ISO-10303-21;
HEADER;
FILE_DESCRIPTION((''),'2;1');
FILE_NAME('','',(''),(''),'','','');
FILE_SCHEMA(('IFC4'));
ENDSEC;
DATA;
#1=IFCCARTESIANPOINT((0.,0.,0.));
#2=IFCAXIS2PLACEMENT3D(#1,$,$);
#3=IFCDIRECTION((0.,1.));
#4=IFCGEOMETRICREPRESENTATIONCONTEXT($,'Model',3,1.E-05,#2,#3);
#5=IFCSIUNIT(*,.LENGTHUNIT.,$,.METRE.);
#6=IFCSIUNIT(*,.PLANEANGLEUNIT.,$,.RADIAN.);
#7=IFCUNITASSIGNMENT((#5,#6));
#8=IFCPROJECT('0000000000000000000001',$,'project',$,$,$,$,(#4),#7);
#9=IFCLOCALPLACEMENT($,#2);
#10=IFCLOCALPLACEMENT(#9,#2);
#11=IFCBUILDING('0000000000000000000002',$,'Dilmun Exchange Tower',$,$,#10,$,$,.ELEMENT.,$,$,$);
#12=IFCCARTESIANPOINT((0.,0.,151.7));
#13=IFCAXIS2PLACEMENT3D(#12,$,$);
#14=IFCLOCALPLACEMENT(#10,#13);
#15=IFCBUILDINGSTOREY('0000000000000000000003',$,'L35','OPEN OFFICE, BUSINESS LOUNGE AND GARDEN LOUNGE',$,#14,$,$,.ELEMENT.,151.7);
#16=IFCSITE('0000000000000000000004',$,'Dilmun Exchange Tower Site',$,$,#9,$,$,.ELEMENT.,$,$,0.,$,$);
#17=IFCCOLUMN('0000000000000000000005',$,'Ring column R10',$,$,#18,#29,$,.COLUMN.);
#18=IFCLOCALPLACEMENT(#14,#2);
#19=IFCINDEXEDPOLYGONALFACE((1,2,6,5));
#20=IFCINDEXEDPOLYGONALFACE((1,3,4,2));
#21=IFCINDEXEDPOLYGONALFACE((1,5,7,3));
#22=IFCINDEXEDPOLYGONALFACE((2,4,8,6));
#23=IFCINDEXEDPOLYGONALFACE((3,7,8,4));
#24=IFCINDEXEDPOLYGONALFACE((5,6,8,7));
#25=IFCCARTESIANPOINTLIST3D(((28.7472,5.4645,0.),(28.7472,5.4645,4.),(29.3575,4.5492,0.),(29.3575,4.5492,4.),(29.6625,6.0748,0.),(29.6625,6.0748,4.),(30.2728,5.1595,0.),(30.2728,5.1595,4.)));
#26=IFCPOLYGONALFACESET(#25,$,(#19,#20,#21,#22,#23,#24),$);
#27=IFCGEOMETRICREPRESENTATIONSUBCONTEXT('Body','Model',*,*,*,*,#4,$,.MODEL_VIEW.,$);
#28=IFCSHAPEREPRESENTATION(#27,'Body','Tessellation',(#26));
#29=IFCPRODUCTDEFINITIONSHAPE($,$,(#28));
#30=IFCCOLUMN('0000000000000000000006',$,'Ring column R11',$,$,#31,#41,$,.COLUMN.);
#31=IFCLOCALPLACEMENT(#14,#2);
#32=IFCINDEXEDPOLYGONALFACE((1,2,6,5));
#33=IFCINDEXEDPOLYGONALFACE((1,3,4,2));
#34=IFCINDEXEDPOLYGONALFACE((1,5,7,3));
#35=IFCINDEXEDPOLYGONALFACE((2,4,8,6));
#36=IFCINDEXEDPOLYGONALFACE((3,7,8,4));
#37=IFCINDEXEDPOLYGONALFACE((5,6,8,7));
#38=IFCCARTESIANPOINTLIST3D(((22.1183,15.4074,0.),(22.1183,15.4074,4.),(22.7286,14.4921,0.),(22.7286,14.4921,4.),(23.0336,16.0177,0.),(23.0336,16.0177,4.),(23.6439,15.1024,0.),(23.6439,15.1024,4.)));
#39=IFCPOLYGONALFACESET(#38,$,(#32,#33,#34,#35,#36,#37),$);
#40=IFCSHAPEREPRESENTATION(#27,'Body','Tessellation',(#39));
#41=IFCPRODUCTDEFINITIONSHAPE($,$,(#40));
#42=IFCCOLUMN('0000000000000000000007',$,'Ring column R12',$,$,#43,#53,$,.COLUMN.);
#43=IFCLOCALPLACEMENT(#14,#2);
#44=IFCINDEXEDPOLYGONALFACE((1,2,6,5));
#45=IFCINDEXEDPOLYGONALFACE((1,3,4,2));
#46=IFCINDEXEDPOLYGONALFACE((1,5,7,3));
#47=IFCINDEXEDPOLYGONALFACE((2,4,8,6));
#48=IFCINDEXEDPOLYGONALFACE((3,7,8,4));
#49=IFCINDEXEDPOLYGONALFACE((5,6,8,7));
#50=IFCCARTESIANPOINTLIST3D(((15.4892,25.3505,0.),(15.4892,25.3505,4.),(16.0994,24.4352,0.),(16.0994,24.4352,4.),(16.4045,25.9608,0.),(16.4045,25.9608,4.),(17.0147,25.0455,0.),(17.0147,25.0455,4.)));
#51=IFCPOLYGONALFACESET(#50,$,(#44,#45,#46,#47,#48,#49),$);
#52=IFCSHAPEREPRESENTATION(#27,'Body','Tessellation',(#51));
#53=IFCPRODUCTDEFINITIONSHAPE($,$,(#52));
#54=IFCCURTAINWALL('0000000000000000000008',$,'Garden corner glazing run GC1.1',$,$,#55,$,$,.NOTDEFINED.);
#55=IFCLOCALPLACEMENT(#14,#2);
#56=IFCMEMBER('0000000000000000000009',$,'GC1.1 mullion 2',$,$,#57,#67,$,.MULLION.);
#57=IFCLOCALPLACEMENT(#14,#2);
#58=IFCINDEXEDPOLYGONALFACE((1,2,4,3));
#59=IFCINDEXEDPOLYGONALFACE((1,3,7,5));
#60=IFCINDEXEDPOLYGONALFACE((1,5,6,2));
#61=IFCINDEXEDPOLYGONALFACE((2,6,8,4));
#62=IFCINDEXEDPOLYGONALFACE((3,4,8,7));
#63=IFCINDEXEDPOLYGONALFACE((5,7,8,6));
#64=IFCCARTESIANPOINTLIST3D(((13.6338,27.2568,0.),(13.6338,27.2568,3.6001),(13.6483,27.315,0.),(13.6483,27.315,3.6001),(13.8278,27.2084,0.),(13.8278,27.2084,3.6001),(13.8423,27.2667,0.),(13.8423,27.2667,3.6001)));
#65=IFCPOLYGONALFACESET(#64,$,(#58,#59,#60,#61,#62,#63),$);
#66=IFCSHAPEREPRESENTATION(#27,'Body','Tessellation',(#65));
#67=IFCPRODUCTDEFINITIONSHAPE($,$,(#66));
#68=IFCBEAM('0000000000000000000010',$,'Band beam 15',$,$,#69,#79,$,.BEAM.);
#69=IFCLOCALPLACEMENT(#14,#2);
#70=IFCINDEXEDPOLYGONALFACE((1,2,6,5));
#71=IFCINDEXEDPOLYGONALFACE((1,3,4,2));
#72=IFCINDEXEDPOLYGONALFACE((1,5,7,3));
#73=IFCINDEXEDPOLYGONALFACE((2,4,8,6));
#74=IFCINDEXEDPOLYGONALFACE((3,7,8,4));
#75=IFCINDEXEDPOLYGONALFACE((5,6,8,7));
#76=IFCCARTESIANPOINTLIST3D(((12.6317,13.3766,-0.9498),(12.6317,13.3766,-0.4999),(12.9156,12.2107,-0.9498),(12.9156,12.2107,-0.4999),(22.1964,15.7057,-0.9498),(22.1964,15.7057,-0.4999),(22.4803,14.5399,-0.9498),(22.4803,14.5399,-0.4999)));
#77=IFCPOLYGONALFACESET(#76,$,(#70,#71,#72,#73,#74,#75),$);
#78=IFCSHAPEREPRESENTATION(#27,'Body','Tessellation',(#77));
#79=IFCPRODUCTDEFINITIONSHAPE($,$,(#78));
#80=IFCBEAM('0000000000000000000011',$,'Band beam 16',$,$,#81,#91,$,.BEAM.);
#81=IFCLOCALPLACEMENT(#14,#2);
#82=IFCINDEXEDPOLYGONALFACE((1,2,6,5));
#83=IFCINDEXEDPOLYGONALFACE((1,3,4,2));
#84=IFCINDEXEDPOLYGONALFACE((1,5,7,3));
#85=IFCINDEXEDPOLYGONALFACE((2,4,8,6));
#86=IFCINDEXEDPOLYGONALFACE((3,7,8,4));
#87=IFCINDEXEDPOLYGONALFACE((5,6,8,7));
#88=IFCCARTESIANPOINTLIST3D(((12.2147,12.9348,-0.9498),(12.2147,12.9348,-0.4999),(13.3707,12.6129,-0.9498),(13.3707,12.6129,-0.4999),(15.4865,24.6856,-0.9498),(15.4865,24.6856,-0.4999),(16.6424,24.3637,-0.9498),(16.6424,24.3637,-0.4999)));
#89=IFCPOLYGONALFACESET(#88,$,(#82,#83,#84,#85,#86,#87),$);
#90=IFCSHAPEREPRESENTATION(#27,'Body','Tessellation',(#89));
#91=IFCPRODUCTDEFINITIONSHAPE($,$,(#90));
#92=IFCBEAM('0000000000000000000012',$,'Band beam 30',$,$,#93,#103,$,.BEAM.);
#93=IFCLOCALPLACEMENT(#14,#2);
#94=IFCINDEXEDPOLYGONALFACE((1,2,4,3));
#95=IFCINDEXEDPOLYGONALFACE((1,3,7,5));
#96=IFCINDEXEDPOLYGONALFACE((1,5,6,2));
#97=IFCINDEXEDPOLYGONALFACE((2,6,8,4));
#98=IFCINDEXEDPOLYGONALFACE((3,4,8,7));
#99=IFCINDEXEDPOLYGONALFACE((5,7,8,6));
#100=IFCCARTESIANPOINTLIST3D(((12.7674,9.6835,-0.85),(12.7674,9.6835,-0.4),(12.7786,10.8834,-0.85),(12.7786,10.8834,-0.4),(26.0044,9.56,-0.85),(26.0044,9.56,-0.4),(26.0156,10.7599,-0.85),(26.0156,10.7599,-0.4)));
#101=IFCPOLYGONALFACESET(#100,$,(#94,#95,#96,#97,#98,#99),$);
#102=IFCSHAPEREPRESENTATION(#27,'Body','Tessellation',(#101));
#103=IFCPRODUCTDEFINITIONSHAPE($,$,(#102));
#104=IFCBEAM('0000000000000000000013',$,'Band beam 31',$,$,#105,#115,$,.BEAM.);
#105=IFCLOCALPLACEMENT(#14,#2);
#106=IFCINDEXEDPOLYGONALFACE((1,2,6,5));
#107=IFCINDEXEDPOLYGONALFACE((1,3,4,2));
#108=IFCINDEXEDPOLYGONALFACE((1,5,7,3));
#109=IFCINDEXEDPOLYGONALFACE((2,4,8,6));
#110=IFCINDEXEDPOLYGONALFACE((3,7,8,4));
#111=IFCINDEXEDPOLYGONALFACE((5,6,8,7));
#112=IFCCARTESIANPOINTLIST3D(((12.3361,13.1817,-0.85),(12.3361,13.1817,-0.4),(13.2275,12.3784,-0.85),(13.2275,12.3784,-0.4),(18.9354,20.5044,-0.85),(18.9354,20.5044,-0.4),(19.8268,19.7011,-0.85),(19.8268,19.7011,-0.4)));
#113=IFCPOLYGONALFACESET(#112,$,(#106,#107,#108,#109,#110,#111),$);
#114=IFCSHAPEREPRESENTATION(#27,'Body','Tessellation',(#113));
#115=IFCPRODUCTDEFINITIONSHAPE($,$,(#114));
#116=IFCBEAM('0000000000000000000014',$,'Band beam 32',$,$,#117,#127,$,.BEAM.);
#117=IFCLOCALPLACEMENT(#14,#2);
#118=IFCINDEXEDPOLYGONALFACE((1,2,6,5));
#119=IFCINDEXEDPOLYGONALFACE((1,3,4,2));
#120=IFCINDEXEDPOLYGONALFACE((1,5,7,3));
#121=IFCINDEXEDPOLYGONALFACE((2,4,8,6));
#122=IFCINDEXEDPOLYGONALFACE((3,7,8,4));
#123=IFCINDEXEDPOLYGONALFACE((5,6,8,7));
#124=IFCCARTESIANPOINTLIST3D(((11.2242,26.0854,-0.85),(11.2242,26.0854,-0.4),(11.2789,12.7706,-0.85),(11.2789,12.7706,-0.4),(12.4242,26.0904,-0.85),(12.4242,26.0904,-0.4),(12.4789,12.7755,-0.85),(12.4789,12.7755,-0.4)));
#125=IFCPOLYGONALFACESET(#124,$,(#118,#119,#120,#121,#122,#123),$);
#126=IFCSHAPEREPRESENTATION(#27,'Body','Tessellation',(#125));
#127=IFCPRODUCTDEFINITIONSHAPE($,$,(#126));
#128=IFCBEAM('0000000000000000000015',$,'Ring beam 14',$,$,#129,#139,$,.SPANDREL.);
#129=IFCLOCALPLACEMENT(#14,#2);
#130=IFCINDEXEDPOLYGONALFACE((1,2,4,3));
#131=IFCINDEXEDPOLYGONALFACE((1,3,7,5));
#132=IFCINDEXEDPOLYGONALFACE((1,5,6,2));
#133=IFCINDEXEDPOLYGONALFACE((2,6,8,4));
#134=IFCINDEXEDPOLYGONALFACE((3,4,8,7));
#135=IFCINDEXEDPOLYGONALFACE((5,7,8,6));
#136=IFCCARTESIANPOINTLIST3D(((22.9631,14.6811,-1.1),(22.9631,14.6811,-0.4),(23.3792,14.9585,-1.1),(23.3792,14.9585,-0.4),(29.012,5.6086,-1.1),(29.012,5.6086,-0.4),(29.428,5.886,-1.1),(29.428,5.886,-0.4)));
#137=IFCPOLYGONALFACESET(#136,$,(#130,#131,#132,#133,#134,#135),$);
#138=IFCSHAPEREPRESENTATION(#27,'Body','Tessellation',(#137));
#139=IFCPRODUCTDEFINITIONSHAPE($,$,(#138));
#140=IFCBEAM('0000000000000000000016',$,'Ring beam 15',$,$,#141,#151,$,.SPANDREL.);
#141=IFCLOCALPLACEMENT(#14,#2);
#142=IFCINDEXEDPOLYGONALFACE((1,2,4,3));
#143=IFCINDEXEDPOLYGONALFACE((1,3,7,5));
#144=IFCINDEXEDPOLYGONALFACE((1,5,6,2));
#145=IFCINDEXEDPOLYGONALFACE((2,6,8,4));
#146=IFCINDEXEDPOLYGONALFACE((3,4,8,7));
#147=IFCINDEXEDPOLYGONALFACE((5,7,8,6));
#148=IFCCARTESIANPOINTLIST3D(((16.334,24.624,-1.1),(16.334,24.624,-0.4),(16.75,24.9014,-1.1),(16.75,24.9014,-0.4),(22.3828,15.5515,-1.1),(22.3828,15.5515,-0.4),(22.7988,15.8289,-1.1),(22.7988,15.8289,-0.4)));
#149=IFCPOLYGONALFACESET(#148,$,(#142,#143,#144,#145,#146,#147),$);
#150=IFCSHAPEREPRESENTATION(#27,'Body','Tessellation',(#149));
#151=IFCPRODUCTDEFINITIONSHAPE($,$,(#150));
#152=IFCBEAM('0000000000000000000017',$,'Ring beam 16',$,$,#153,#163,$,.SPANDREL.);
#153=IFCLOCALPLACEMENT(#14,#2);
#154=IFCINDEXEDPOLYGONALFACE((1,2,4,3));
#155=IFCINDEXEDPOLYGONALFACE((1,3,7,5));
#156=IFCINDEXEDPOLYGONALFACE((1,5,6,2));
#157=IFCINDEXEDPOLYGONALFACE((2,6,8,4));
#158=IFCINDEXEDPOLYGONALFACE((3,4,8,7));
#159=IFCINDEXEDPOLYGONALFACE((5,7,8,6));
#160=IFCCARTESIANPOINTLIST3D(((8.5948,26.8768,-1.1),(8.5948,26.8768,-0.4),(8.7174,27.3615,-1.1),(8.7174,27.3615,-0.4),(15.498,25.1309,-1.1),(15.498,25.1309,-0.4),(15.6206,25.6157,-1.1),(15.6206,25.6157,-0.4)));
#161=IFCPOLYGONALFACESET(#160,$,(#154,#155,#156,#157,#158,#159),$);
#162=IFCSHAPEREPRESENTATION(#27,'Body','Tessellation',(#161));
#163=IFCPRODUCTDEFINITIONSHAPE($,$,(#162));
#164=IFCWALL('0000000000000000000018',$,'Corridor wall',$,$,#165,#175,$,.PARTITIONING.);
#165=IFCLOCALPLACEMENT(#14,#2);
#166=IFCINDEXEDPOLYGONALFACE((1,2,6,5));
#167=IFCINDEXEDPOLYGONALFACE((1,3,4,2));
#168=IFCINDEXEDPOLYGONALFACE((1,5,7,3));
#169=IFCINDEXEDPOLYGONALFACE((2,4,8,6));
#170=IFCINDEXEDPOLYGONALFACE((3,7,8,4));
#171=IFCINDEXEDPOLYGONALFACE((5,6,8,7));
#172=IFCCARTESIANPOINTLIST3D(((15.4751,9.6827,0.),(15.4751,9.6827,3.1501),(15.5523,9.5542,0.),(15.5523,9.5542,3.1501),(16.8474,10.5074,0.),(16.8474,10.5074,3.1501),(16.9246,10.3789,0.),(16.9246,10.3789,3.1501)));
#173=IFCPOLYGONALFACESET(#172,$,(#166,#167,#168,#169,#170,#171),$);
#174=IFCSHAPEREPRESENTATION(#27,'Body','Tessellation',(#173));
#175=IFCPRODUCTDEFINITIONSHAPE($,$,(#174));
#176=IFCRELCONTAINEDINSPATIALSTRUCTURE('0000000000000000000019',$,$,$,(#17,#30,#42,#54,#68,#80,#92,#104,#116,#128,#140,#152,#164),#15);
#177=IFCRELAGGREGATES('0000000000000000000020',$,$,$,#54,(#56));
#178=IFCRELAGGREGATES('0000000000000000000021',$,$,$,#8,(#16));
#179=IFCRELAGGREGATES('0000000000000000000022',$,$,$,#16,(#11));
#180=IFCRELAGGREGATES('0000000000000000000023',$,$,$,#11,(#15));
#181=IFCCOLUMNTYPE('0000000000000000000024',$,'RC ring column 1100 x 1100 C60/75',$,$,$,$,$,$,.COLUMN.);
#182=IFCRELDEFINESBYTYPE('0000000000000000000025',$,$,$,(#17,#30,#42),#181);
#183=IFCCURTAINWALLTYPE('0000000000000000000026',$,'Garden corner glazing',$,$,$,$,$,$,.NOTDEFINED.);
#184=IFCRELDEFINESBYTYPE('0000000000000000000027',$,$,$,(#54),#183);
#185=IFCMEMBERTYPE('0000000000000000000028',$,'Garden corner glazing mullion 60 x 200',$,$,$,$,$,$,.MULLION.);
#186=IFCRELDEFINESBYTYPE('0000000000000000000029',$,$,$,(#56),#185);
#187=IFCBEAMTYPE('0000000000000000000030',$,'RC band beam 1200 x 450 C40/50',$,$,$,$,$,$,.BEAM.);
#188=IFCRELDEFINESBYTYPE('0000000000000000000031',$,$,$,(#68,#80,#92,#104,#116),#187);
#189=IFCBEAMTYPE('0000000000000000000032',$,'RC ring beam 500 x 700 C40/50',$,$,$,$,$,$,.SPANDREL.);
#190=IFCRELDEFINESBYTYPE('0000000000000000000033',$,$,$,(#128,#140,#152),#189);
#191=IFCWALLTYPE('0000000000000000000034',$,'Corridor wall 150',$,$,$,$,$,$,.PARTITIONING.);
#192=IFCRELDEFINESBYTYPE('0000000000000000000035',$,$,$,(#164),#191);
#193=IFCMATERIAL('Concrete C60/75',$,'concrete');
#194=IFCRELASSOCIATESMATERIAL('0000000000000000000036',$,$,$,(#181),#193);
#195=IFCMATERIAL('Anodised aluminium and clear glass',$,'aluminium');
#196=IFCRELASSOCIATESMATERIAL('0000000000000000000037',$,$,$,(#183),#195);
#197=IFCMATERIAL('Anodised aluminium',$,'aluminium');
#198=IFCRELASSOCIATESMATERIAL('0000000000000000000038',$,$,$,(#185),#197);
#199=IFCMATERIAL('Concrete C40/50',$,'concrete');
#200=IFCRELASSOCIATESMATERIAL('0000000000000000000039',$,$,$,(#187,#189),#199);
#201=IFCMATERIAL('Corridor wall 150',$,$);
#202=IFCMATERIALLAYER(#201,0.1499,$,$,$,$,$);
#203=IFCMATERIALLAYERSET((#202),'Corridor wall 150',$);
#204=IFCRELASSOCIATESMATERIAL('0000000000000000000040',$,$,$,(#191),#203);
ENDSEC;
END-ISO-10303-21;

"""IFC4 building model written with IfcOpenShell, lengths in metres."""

from ifc_helpers import new_model, si_unit, direction, frame, frame_2d, origin, origin_2d, place, context, subcontext, project, spatial, rectangle, extrude, material, layer, layer_set, material_profile, profile_set, type_object, element, aggregate, save


model = new_model("IFC4")

# Units and contexts
model_context = context("Model", 3, precision=1e-05, world=origin(), true_north=direction((0.0, 1.0)))
body_context = subcontext(model_context, "Body", "Model", "MODEL_VIEW")
ifc_project = project(units=[si_unit("LENGTHUNIT", "METRE"), si_unit("PLANEANGLEUNIT", "RADIAN")], contexts=[model_context])

# Site, building, storey
site_placement = place(None, origin())
site = spatial("IfcSite", under=ifc_project, at=site_placement, Name="Dilmun Exchange Tower Site", CompositionType="ELEMENT", RefElevation=0.0)
building_placement = place(site_placement, origin())
building = spatial("IfcBuilding", under=site, at=building_placement, Name="Dilmun Exchange Tower", CompositionType="ELEMENT")
storey_placement = place(building_placement, frame((0.0, 0.0, 151.7)))
storey = spatial("IfcBuildingStorey", under=building, at=storey_placement, Name="L35", Description="OPEN OFFICE, BUSINESS LOUNGE AND GARDEN LOUNGE", CompositionType="ELEMENT", Elevation=151.7)

# Columns
ifc_material_1 = material(Name="Concrete C60/75", Category="concrete")
ifc_material_profile_1 = material_profile(ifc_material_1, rectangle(XDim=1.1001, YDim=1.1001, at=origin_2d()), Name="1100 x 1100")
ifc_profile_set_1 = profile_set([ifc_material_profile_1], Name="Concrete C60/75")
column_type = type_object("IfcColumnType", Name="RC ring column 1100 x 1100 C60/75", PredefinedType="COLUMN", material=ifc_profile_set_1)
for number, where, z_axis, x_axis, name in (
    (1, (29.51, 5.312, 0.0), (0.0, 0.0, 1.0), (0.832029, 0.554733, 0.0), "Ring column R10"),
    (2, (22.8811, 15.2549, 0.0), (0.0, 0.0, 1.0), (0.832029, 0.554733, 0.0), "Ring column R11"),
    (3, (16.252, 25.198, 0.0), (0.0, 0.0, 1.0), (0.832029, 0.554733, 0.0), "Ring column R12"),
):
    element("IfcColumn", number, at=place(storey_placement, frame(where, z_axis=z_axis, x_axis=x_axis)), inside=storey, type_object=column_type, Name=name, PredefinedType="COLUMN", context=body_context, shape_type="SweptSolid", body=[
        extrude(rectangle(XDim=1.1001, YDim=1.1001, at=origin_2d()), origin(), (0.0, 0.0, 1.0), 4.0),
    ])

# Curtain wall, member
ifc_material_2 = material(Name="Anodised aluminium and clear glass", Category="aluminium")
curtain_wall_type = type_object("IfcCurtainWallType", Name="Garden corner glazing", PredefinedType="NOTDEFINED", material=ifc_material_2)
curtain_wall_placement = place(storey_placement, origin())
curtain_wall = element("IfcCurtainWall", 4, at=curtain_wall_placement, inside=storey, type_object=curtain_wall_type, Name="Garden corner glazing run GC1.1", PredefinedType="NOTDEFINED")
ifc_material_3 = material(Name="Anodised aluminium", Category="aluminium")
ifc_material_profile_2 = material_profile(ifc_material_3, rectangle(XDim=0.2, YDim=0.0601, at=origin_2d()), Name="AL 60x200")
ifc_profile_set_2 = profile_set([ifc_material_profile_2], Name="Anodised aluminium")
member_type = type_object("IfcMemberType", Name="Garden corner glazing mullion 60 x 200", PredefinedType="MULLION", material=ifc_profile_set_2)
member_placement = place(storey_placement, frame((13.738, 27.2617, 0.0), z_axis=(0.0, 0.0, 1.0), x_axis=(0.970298, -0.241914, 0.0)))
member = element("IfcMember", 5, at=member_placement, type_object=member_type, Name="GC1.1 mullion 2", PredefinedType="MULLION", context=body_context, shape_type="SweptSolid", body=[
    extrude(rectangle(XDim=0.2, YDim=0.0601, at=origin_2d()), origin(), (0.0, 0.0, 1.0), 3.6001),
])
aggregate(curtain_wall, [member])

# Beams
ifc_material_4 = material(Name="Concrete C40/50", Category="concrete")
ifc_material_profile_3 = material_profile(ifc_material_4, rectangle(XDim=1.2, YDim=0.45, at=origin_2d()), Name="1200 x 450")
ifc_profile_set_3 = profile_set([ifc_material_profile_3], Name="Concrete C40/50")
beam_type_1 = type_object("IfcBeamType", Name="RC band beam 1200 x 450 C40/50", PredefinedType="BEAM", material=ifc_profile_set_3)
beam_1_placement = place(storey_placement, frame((22.3384, 15.1228, -0.7249), z_axis=(-0.971608, -0.236596, 0.0), x_axis=(0.236596, -0.971608, 0.0)))
element("IfcBeam", 6, at=beam_1_placement, inside=storey, type_object=beam_type_1, Name="Band beam 15", PredefinedType="BEAM", context=body_context, shape_type="SweptSolid", body=[
    extrude(rectangle(XDim=1.2, YDim=0.45, at=origin_2d()), origin(), (0.0, 0.0, 1.0), 9.8442),
])
beam_2_placement = place(storey_placement, frame((16.0645, 24.5247, -0.7249), z_axis=(-0.268225, -0.963356, 0.0), x_axis=(0.963356, -0.268225, 0.0)))
element("IfcBeam", 7, at=beam_2_placement, inside=storey, type_object=beam_type_1, Name="Band beam 16", PredefinedType="BEAM", context=body_context, shape_type="SweptSolid", body=[
    extrude(rectangle(XDim=1.2, YDim=0.45, at=origin_2d()), origin(), (0.0, 0.0, 1.0), 12.1978),
])
beam_3_placement = place(storey_placement, frame((26.01, 10.1599, -0.625), z_axis=(-0.999956, 0.009332, 0.0), x_axis=(-0.009332, -0.999956, 0.0)))
element("IfcBeam", 8, at=beam_3_placement, inside=storey, type_object=beam_type_1, Name="Band beam 30", PredefinedType="BEAM", context=body_context, shape_type="SweptSolid", body=[
    extrude(rectangle(XDim=1.2, YDim=0.45, at=origin_2d()), origin(), (0.0, 0.0, 1.0), 13.2375),
])
beam_4_placement = place(storey_placement, frame((19.3811, 20.1028, -0.625), z_axis=(-0.669463, -0.742846, 0.0), x_axis=(0.742846, -0.669463, 0.0)))
element("IfcBeam", 9, at=beam_4_placement, inside=storey, type_object=beam_type_1, Name="Band beam 31", PredefinedType="BEAM", context=body_context, shape_type="SweptSolid", body=[
    extrude(rectangle(XDim=1.2, YDim=0.45, at=origin_2d()), origin(), (0.0, 0.0, 1.0), 9.8577),
])
beam_5_placement = place(storey_placement, frame((11.8242, 26.0879, -0.625), z_axis=(0.004107, -0.999992, 0.0), x_axis=(0.999992, 0.004107, 0.0)))
element("IfcBeam", 10, at=beam_5_placement, inside=storey, type_object=beam_type_1, Name="Band beam 32", PredefinedType="BEAM", context=body_context, shape_type="SweptSolid", body=[
    extrude(rectangle(XDim=1.2, YDim=0.45, at=origin_2d()), origin(), (0.0, 0.0, 1.0), 13.3149),
])
ifc_material_profile_4 = material_profile(ifc_material_4, rectangle(XDim=0.5, YDim=0.7, at=origin_2d()), Name="500 x 700")
ifc_profile_set_4 = profile_set([ifc_material_profile_4], Name="Concrete C40/50")
beam_type_2 = type_object("IfcBeamType", Name="RC ring beam 500 x 700 C40/50", PredefinedType="SPANDREL", material=ifc_profile_set_4)
for number, where, z_axis, x_axis, name in (
    (11, (29.22, 5.7473, -0.75), (-0.554731, 0.83203, 0.0), (-0.83203, -0.554731, 0.0), "Ring beam 14"),
    (12, (22.5908, 15.6902, -0.75), (-0.554731, 0.83203, 0.0), (-0.83203, -0.554731, 0.0), "Ring beam 15"),
):
    element("IfcBeam", number, at=place(storey_placement, frame(where, z_axis=z_axis, x_axis=x_axis)), inside=storey, type_object=beam_type_2, Name=name, PredefinedType="SPANDREL", context=body_context, shape_type="SweptSolid", body=[
        extrude(rectangle(XDim=0.5, YDim=0.7, at=origin_2d()), origin(), (0.0, 0.0, 1.0), 10.9041),
    ])
beam_6_placement = place(storey_placement, frame((15.5593, 25.3733, -0.75), z_axis=(-0.969477, 0.245181, 0.0), x_axis=(-0.245181, -0.969477, 0.0)))
element("IfcBeam", 13, at=beam_6_placement, inside=storey, type_object=beam_type_2, Name="Ring beam 16", PredefinedType="SPANDREL", context=body_context, shape_type="SweptSolid", body=[
    extrude(rectangle(XDim=0.5, YDim=0.7, at=origin_2d()), origin(), (0.0, 0.0, 1.0), 7.1206),
])

# Wall
ifc_material_5 = material(Name="Corridor wall 150")
ifc_layer_1 = layer(ifc_material_5, 0.1499)
ifc_layer_set_1 = layer_set([ifc_layer_1], Name="Corridor wall 150")
wall_type_1 = type_object("IfcWallType", Name="Corridor wall 150", PredefinedType="PARTITIONING", material=ifc_layer_set_1)
wall_1_placement = place(storey_placement, frame((15.5137, 9.6184, 0.0), z_axis=(0.0, 0.0, 1.0), x_axis=(0.857129, 0.515101, 0.0)))
element("IfcWall", 14, at=wall_1_placement, inside=storey, type_object=wall_type_1, Name="Corridor wall", PredefinedType="PARTITIONING", context=body_context, shape_type="SweptSolid", body=[
    extrude(rectangle(XDim=1.6011, YDim=0.1499, at=frame_2d((0.8005, 0.0))), origin(), (0.0, 0.0, 1.0), 3.1501),
])

save(model, "model.ifc")
